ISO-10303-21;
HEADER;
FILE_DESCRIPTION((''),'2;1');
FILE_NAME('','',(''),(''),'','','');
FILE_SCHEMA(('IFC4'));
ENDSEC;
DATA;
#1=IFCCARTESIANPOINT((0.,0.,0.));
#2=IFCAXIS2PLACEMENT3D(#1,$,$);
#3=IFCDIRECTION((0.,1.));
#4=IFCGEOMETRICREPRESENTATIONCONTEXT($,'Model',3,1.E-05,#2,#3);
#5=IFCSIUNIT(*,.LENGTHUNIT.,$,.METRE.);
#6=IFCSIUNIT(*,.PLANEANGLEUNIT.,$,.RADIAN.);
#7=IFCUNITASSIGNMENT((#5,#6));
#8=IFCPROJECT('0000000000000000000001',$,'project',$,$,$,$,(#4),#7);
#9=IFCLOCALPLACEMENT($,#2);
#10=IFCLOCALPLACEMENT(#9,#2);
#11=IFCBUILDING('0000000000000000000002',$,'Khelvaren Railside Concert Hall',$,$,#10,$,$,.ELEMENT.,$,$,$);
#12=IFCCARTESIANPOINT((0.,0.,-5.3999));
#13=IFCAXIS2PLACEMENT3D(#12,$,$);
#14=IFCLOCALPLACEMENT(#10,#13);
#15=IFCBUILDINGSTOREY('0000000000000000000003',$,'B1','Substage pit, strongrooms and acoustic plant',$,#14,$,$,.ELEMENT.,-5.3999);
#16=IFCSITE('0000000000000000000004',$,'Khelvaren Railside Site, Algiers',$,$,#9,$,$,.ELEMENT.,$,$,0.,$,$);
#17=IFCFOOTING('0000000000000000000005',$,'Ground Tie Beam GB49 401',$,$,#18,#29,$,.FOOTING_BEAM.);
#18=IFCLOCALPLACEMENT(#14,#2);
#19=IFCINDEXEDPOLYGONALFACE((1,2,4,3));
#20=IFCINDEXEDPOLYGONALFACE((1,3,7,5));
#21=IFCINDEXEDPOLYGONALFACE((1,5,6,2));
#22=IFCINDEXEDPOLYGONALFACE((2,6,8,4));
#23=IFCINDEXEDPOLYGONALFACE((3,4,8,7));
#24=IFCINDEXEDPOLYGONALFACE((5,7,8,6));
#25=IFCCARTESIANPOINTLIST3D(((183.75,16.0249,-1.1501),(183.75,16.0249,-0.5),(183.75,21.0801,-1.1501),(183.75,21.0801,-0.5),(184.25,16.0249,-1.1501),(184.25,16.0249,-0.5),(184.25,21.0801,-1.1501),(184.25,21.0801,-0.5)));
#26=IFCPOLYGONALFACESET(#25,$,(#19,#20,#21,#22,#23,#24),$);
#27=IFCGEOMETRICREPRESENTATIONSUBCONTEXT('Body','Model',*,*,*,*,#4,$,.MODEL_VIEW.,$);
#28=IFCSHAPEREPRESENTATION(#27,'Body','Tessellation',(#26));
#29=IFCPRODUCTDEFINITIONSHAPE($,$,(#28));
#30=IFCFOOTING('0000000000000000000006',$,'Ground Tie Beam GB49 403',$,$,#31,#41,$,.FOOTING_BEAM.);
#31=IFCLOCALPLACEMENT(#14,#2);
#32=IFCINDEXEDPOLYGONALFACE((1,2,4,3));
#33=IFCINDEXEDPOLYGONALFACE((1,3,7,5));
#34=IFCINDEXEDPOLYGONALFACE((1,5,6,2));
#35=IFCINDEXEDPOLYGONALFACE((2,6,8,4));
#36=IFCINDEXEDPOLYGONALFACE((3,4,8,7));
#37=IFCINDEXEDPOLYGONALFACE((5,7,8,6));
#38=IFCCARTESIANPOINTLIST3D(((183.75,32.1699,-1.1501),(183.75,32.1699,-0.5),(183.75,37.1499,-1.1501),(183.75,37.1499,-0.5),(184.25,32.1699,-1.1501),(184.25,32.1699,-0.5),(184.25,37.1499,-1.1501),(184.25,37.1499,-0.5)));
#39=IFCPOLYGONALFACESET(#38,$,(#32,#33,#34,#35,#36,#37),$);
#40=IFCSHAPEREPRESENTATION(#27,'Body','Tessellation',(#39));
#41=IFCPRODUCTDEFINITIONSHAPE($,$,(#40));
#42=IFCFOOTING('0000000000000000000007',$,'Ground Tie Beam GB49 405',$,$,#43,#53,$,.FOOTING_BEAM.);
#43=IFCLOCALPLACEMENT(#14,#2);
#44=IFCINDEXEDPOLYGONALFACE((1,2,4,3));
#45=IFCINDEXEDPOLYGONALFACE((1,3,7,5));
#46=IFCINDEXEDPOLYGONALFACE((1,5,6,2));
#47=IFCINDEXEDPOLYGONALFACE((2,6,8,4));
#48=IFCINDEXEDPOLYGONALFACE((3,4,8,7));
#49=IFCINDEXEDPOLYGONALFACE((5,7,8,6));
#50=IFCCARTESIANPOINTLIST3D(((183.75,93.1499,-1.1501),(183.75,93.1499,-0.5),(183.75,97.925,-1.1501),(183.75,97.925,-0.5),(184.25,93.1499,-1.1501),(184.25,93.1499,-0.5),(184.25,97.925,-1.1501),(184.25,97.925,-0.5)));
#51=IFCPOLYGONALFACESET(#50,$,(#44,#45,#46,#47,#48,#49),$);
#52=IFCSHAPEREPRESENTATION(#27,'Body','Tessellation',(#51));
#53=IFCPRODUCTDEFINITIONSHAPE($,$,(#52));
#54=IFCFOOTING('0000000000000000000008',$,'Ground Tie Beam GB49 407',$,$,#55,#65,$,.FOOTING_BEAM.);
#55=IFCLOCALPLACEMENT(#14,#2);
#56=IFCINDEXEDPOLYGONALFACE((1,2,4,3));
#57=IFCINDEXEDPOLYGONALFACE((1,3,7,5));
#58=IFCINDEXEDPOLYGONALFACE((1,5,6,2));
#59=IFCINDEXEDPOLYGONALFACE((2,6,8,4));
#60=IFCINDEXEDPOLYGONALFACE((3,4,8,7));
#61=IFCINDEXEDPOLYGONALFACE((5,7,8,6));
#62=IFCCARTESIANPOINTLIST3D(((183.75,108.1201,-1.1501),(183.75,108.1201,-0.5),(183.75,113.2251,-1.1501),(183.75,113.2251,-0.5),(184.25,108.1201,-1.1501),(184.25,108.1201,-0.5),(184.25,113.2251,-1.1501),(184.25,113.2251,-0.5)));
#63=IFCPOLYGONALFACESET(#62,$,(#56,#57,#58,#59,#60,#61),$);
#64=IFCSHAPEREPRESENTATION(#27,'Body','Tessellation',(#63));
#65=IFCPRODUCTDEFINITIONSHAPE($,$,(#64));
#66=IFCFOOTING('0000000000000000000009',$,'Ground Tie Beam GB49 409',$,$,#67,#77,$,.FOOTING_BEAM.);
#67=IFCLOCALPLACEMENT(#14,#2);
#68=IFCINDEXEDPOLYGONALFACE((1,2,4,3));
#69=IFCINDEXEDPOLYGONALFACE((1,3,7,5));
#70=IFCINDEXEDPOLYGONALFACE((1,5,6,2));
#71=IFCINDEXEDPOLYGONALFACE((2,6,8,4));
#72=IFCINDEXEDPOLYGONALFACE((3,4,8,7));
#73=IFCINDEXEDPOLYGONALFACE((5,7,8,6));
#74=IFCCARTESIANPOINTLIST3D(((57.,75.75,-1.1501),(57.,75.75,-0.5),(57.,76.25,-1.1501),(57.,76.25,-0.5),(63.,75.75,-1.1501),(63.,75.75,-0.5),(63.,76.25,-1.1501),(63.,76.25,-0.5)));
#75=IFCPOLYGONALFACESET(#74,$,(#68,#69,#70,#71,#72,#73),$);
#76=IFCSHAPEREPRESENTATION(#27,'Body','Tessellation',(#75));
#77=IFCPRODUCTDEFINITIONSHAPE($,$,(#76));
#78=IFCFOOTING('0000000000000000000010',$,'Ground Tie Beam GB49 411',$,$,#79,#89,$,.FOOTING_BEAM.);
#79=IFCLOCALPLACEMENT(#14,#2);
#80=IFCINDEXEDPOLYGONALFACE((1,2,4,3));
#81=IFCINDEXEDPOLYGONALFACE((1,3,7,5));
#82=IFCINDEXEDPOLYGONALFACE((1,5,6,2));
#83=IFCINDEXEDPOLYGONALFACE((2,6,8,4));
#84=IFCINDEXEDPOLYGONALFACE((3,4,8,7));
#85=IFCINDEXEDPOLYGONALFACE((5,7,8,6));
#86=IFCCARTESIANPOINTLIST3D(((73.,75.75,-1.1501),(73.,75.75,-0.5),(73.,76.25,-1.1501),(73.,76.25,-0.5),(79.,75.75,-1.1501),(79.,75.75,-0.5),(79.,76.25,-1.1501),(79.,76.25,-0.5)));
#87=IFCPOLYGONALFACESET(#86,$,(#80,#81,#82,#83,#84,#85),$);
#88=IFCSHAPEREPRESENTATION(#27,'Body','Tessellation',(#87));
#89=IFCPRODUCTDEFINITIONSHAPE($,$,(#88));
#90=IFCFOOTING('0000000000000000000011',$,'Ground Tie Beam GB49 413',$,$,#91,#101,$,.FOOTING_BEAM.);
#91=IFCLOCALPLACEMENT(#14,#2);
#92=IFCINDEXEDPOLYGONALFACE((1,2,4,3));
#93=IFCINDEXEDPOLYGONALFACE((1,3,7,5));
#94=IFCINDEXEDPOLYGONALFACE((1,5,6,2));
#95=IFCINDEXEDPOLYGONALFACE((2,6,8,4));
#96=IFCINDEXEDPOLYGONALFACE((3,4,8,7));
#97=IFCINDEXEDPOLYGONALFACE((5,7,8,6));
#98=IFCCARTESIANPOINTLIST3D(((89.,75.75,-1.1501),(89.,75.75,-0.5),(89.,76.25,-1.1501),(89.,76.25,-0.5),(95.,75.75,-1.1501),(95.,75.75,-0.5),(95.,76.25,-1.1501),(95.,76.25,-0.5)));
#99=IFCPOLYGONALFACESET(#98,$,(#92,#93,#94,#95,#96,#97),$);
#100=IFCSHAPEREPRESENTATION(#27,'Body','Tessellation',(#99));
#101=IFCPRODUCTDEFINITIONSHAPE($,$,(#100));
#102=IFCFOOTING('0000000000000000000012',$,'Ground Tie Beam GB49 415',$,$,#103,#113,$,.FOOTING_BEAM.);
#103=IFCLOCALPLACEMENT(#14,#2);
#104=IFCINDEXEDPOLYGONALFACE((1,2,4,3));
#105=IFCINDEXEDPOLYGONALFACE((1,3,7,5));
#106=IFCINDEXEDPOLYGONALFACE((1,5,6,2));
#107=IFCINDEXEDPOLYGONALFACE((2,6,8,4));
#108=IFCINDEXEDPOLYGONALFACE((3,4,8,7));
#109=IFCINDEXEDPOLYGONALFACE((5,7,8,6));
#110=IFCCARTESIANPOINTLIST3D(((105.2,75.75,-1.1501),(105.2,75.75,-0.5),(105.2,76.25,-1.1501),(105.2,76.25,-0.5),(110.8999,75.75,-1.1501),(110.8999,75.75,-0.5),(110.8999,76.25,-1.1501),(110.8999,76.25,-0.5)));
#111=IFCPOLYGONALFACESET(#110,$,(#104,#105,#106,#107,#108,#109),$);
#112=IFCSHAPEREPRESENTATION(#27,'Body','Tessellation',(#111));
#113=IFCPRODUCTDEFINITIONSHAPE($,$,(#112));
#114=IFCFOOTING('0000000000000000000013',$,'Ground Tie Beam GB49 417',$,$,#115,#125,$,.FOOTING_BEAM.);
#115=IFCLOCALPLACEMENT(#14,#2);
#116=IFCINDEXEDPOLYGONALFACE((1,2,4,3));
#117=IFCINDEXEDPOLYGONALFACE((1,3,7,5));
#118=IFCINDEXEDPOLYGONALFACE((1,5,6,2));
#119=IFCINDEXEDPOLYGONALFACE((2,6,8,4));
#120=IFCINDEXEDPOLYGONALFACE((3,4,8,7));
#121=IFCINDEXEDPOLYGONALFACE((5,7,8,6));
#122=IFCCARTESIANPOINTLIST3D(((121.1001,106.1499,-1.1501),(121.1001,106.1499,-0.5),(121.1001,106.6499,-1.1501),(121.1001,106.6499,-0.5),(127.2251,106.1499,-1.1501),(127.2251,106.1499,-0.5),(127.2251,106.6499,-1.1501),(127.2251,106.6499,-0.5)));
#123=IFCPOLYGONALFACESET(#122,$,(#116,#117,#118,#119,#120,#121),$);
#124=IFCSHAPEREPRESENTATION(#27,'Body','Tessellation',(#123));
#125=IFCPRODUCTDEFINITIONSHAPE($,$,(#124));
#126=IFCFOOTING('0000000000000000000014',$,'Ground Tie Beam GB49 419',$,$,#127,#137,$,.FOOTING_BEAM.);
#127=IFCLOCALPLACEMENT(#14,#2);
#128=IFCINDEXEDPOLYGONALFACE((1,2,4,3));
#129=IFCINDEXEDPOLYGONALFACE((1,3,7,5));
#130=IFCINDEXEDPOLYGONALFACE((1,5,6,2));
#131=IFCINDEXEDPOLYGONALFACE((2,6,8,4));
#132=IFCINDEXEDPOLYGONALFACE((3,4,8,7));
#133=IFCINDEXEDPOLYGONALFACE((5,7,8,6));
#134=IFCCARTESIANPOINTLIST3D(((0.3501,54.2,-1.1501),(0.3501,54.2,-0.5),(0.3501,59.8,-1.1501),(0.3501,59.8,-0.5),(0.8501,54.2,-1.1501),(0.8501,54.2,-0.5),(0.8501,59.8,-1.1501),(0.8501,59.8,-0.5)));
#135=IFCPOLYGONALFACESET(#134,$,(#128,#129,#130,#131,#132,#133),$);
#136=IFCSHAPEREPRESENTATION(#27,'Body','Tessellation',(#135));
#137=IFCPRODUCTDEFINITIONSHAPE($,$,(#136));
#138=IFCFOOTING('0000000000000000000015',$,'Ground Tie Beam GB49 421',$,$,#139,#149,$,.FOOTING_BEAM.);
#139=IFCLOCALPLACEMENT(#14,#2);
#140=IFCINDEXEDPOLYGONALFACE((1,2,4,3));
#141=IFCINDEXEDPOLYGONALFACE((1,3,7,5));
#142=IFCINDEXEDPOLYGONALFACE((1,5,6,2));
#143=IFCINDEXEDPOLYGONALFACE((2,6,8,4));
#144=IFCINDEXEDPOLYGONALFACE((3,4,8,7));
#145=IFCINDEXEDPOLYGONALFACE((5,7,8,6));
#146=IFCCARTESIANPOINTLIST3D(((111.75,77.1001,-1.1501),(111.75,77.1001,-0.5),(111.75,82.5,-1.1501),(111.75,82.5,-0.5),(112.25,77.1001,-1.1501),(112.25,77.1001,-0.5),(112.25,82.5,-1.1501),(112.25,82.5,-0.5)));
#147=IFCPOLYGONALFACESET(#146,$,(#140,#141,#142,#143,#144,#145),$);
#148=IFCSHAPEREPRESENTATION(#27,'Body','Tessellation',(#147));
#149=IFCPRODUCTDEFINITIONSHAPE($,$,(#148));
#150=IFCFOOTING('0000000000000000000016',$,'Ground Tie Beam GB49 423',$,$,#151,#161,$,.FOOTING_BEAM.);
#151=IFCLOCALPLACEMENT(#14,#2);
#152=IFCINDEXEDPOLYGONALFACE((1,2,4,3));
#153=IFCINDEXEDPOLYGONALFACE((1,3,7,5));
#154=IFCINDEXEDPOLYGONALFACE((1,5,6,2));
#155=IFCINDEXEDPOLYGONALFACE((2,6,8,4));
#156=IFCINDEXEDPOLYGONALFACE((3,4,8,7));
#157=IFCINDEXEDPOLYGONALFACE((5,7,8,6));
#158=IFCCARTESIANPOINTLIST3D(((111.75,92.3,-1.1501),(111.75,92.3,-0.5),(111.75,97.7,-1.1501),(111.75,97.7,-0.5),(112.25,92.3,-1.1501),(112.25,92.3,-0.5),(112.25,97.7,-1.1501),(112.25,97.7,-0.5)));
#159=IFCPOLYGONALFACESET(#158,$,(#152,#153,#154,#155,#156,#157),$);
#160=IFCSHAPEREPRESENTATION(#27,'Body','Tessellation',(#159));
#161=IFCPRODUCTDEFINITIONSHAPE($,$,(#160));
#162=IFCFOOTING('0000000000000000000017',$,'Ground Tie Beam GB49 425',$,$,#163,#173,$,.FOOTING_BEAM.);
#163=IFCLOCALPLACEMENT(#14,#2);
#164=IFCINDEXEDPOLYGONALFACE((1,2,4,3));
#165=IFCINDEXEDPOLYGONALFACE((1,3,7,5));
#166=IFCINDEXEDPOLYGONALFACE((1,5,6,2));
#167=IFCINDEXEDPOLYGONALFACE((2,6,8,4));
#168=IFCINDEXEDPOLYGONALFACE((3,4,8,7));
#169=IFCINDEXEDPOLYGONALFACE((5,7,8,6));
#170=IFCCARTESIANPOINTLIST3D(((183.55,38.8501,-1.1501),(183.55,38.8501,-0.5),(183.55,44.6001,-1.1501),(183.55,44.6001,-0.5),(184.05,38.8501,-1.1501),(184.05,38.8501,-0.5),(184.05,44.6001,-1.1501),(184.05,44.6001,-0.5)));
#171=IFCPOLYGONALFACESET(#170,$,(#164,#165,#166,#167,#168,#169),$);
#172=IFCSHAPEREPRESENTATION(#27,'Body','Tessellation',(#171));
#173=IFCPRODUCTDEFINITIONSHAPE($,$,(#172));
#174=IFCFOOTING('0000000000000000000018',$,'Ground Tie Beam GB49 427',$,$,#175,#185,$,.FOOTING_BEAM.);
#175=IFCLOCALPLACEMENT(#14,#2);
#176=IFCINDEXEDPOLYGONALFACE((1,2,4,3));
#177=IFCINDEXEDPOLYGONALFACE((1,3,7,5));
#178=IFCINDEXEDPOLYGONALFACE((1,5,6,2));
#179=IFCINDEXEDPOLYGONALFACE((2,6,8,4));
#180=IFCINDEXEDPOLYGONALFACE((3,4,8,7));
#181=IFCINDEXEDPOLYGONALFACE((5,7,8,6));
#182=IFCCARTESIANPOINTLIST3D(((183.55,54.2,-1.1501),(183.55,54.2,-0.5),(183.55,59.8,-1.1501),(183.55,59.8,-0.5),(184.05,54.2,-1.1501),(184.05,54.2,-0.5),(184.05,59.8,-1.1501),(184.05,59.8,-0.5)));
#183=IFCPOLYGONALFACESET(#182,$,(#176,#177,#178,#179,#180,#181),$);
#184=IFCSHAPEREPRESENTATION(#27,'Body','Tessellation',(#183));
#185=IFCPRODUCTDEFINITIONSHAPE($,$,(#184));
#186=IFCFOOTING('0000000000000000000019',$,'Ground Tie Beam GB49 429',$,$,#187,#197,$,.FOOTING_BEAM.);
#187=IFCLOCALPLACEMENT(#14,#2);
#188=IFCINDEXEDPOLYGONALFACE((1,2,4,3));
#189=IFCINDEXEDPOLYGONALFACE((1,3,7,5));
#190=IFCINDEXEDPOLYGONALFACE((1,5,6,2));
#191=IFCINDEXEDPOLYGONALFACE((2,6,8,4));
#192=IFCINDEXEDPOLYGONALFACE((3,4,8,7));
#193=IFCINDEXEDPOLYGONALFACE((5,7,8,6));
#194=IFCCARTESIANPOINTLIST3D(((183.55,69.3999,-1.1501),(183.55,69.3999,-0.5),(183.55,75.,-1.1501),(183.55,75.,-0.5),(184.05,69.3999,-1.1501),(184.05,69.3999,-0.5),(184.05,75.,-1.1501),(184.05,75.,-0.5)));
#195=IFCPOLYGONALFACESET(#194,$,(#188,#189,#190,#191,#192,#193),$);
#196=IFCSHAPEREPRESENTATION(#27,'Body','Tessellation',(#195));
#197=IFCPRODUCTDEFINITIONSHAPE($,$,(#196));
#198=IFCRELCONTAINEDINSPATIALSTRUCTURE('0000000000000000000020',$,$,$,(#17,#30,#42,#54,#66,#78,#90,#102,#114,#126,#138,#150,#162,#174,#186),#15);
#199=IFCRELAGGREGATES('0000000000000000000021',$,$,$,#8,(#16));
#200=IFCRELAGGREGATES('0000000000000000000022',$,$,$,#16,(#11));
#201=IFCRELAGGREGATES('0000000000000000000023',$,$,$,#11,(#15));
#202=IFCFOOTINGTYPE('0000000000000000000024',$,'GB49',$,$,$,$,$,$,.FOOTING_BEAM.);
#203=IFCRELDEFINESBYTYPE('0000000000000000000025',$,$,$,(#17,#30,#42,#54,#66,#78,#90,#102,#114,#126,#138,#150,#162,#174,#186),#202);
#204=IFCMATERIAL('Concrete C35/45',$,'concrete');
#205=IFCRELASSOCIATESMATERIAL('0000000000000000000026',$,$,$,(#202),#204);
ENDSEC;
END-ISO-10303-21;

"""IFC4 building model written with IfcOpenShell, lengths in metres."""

from ifc_helpers import new_model, si_unit, direction, frame, origin, place, context, subcontext, project, spatial, polyline, outline, extrude, material, type_object, element, save


model = new_model("IFC4")

# Units and contexts
model_context = context("Model", 3, precision=1e-05, world=origin(), true_north=direction((0.0, 1.0)))
body_context = subcontext(model_context, "Body", "Model", "MODEL_VIEW")
ifc_project = project(units=[si_unit("LENGTHUNIT", "METRE"), si_unit("PLANEANGLEUNIT", "RADIAN")], contexts=[model_context])

# Site, building, storey
site_placement = place(None, origin())
site = spatial("IfcSite", under=ifc_project, at=site_placement, Name="Khelvaren Railside Site, Algiers", CompositionType="ELEMENT", RefElevation=0.0)
building_placement = place(site_placement, origin())
building = spatial("IfcBuilding", under=site, at=building_placement, Name="Khelvaren Railside Concert Hall", CompositionType="ELEMENT")
storey_placement = place(building_placement, frame((0.0, 0.0, -5.3999)))
storey = spatial("IfcBuildingStorey", under=building, at=storey_placement, Name="B1", Description="Substage pit, strongrooms and acoustic plant", CompositionType="ELEMENT", Elevation=-5.3999)

# Footings
ifc_material_1 = material(Name="Concrete C35/45", Category="concrete")
footing_type_1 = type_object("IfcFootingType", Name="GB49", PredefinedType="FOOTING_BEAM", material=ifc_material_1)
footing_1_placement = place(storey_placement, frame((0.0, 0.0, -1.1501)))
element("IfcFooting", 1, at=footing_1_placement, inside=storey, type_object=footing_type_1, Name="Ground Tie Beam GB49 401", PredefinedType="FOOTING_BEAM", context=body_context, shape_type="SweptSolid", body=[
    extrude(outline(polyline([(183.75, 16.0249), (184.25, 16.0249), (184.25, 21.0801), (183.75, 21.0801), (183.75, 16.0249)])), origin(), (0.0, 0.0, 1.0), 0.6501),
])
footing_2_placement = place(storey_placement, frame((0.0, 0.0, -1.1501)))
element("IfcFooting", 2, at=footing_2_placement, inside=storey, type_object=footing_type_1, Name="Ground Tie Beam GB49 403", PredefinedType="FOOTING_BEAM", context=body_context, shape_type="SweptSolid", body=[
    extrude(outline(polyline([(183.75, 32.1699), (184.25, 32.1699), (184.25, 37.1499), (183.75, 37.1499), (183.75, 32.1699)])), origin(), (0.0, 0.0, 1.0), 0.6501),
])
footing_3_placement = place(storey_placement, frame((0.0, 0.0, -1.1501)))
element("IfcFooting", 3, at=footing_3_placement, inside=storey, type_object=footing_type_1, Name="Ground Tie Beam GB49 405", PredefinedType="FOOTING_BEAM", context=body_context, shape_type="SweptSolid", body=[
    extrude(outline(polyline([(183.75, 93.1499), (184.25, 93.1499), (184.25, 97.925), (183.75, 97.925), (183.75, 93.1499)])), origin(), (0.0, 0.0, 1.0), 0.6501),
])
footing_4_placement = place(storey_placement, frame((0.0, 0.0, -1.1501)))
element("IfcFooting", 4, at=footing_4_placement, inside=storey, type_object=footing_type_1, Name="Ground Tie Beam GB49 407", PredefinedType="FOOTING_BEAM", context=body_context, shape_type="SweptSolid", body=[
    extrude(outline(polyline([(183.75, 108.1201), (184.25, 108.1201), (184.25, 113.2251), (183.75, 113.2251), (183.75, 108.1201)])), origin(), (0.0, 0.0, 1.0), 0.6501),
])
footing_5_placement = place(storey_placement, frame((0.0, 0.0, -1.1501)))
element("IfcFooting", 5, at=footing_5_placement, inside=storey, type_object=footing_type_1, Name="Ground Tie Beam GB49 409", PredefinedType="FOOTING_BEAM", context=body_context, shape_type="SweptSolid", body=[
    extrude(outline(polyline([(57.0, 75.75), (63.0, 75.75), (63.0, 76.25), (57.0, 76.25), (57.0, 75.75)])), origin(), (0.0, 0.0, 1.0), 0.6501),
])
footing_6_placement = place(storey_placement, frame((0.0, 0.0, -1.1501)))
element("IfcFooting", 6, at=footing_6_placement, inside=storey, type_object=footing_type_1, Name="Ground Tie Beam GB49 411", PredefinedType="FOOTING_BEAM", context=body_context, shape_type="SweptSolid", body=[
    extrude(outline(polyline([(73.0, 75.75), (79.0, 75.75), (79.0, 76.25), (73.0, 76.25), (73.0, 75.75)])), origin(), (0.0, 0.0, 1.0), 0.6501),
])
footing_7_placement = place(storey_placement, frame((0.0, 0.0, -1.1501)))
element("IfcFooting", 7, at=footing_7_placement, inside=storey, type_object=footing_type_1, Name="Ground Tie Beam GB49 413", PredefinedType="FOOTING_BEAM", context=body_context, shape_type="SweptSolid", body=[
    extrude(outline(polyline([(89.0, 75.75), (95.0, 75.75), (95.0, 76.25), (89.0, 76.25), (89.0, 75.75)])), origin(), (0.0, 0.0, 1.0), 0.6501),
])
footing_8_placement = place(storey_placement, frame((0.0, 0.0, -1.1501)))
element("IfcFooting", 8, at=footing_8_placement, inside=storey, type_object=footing_type_1, Name="Ground Tie Beam GB49 415", PredefinedType="FOOTING_BEAM", context=body_context, shape_type="SweptSolid", body=[
    extrude(outline(polyline([(105.2, 75.75), (110.8999, 75.75), (110.8999, 76.25), (105.2, 76.25), (105.2, 75.75)])), origin(), (0.0, 0.0, 1.0), 0.6501),
])
footing_9_placement = place(storey_placement, frame((0.0, 0.0, -1.1501)))
element("IfcFooting", 9, at=footing_9_placement, inside=storey, type_object=footing_type_1, Name="Ground Tie Beam GB49 417", PredefinedType="FOOTING_BEAM", context=body_context, shape_type="SweptSolid", body=[
    extrude(outline(polyline([(121.1001, 106.1499), (127.2251, 106.1499), (127.2251, 106.6499), (121.1001, 106.6499), (121.1001, 106.1499)])), origin(), (0.0, 0.0, 1.0), 0.6501),
])
footing_10_placement = place(storey_placement, frame((0.0, 0.0, -1.1501)))
element("IfcFooting", 10, at=footing_10_placement, inside=storey, type_object=footing_type_1, Name="Ground Tie Beam GB49 419", PredefinedType="FOOTING_BEAM", context=body_context, shape_type="SweptSolid", body=[
    extrude(outline(polyline([(0.3501, 54.2), (0.8501, 54.2), (0.8501, 59.8), (0.3501, 59.8), (0.3501, 54.2)])), origin(), (0.0, 0.0, 1.0), 0.6501),
])
footing_11_placement = place(storey_placement, frame((0.0, 0.0, -1.1501)))
element("IfcFooting", 11, at=footing_11_placement, inside=storey, type_object=footing_type_1, Name="Ground Tie Beam GB49 421", PredefinedType="FOOTING_BEAM", context=body_context, shape_type="SweptSolid", body=[
    extrude(outline(polyline([(111.75, 77.1001), (112.25, 77.1001), (112.25, 82.5), (111.75, 82.5), (111.75, 77.1001)])), origin(), (0.0, 0.0, 1.0), 0.6501),
])
footing_12_placement = place(storey_placement, frame((0.0, 0.0, -1.1501)))
element("IfcFooting", 12, at=footing_12_placement, inside=storey, type_object=footing_type_1, Name="Ground Tie Beam GB49 423", PredefinedType="FOOTING_BEAM", context=body_context, shape_type="SweptSolid", body=[
    extrude(outline(polyline([(111.75, 92.3), (112.25, 92.3), (112.25, 97.7), (111.75, 97.7), (111.75, 92.3)])), origin(), (0.0, 0.0, 1.0), 0.6501),
])
footing_13_placement = place(storey_placement, frame((0.0, 0.0, -1.1501)))
element("IfcFooting", 13, at=footing_13_placement, inside=storey, type_object=footing_type_1, Name="Ground Tie Beam GB49 425", PredefinedType="FOOTING_BEAM", context=body_context, shape_type="SweptSolid", body=[
    extrude(outline(polyline([(183.55, 38.8501), (184.05, 38.8501), (184.05, 44.6001), (183.55, 44.6001), (183.55, 38.8501)])), origin(), (0.0, 0.0, 1.0), 0.6501),
])
footing_14_placement = place(storey_placement, frame((0.0, 0.0, -1.1501)))
element("IfcFooting", 14, at=footing_14_placement, inside=storey, type_object=footing_type_1, Name="Ground Tie Beam GB49 427", PredefinedType="FOOTING_BEAM", context=body_context, shape_type="SweptSolid", body=[
    extrude(outline(polyline([(183.55, 54.2), (184.05, 54.2), (184.05, 59.8), (183.55, 59.8), (183.55, 54.2)])), origin(), (0.0, 0.0, 1.0), 0.6501),
])
footing_15_placement = place(storey_placement, frame((0.0, 0.0, -1.1501)))
element("IfcFooting", 15, at=footing_15_placement, inside=storey, type_object=footing_type_1, Name="Ground Tie Beam GB49 429", PredefinedType="FOOTING_BEAM", context=body_context, shape_type="SweptSolid", body=[
    extrude(outline(polyline([(183.55, 69.3999), (184.05, 69.3999), (184.05, 75.0), (183.55, 75.0), (183.55, 69.3999)])), origin(), (0.0, 0.0, 1.0), 0.6501),
])

save(model, "model.ifc")
